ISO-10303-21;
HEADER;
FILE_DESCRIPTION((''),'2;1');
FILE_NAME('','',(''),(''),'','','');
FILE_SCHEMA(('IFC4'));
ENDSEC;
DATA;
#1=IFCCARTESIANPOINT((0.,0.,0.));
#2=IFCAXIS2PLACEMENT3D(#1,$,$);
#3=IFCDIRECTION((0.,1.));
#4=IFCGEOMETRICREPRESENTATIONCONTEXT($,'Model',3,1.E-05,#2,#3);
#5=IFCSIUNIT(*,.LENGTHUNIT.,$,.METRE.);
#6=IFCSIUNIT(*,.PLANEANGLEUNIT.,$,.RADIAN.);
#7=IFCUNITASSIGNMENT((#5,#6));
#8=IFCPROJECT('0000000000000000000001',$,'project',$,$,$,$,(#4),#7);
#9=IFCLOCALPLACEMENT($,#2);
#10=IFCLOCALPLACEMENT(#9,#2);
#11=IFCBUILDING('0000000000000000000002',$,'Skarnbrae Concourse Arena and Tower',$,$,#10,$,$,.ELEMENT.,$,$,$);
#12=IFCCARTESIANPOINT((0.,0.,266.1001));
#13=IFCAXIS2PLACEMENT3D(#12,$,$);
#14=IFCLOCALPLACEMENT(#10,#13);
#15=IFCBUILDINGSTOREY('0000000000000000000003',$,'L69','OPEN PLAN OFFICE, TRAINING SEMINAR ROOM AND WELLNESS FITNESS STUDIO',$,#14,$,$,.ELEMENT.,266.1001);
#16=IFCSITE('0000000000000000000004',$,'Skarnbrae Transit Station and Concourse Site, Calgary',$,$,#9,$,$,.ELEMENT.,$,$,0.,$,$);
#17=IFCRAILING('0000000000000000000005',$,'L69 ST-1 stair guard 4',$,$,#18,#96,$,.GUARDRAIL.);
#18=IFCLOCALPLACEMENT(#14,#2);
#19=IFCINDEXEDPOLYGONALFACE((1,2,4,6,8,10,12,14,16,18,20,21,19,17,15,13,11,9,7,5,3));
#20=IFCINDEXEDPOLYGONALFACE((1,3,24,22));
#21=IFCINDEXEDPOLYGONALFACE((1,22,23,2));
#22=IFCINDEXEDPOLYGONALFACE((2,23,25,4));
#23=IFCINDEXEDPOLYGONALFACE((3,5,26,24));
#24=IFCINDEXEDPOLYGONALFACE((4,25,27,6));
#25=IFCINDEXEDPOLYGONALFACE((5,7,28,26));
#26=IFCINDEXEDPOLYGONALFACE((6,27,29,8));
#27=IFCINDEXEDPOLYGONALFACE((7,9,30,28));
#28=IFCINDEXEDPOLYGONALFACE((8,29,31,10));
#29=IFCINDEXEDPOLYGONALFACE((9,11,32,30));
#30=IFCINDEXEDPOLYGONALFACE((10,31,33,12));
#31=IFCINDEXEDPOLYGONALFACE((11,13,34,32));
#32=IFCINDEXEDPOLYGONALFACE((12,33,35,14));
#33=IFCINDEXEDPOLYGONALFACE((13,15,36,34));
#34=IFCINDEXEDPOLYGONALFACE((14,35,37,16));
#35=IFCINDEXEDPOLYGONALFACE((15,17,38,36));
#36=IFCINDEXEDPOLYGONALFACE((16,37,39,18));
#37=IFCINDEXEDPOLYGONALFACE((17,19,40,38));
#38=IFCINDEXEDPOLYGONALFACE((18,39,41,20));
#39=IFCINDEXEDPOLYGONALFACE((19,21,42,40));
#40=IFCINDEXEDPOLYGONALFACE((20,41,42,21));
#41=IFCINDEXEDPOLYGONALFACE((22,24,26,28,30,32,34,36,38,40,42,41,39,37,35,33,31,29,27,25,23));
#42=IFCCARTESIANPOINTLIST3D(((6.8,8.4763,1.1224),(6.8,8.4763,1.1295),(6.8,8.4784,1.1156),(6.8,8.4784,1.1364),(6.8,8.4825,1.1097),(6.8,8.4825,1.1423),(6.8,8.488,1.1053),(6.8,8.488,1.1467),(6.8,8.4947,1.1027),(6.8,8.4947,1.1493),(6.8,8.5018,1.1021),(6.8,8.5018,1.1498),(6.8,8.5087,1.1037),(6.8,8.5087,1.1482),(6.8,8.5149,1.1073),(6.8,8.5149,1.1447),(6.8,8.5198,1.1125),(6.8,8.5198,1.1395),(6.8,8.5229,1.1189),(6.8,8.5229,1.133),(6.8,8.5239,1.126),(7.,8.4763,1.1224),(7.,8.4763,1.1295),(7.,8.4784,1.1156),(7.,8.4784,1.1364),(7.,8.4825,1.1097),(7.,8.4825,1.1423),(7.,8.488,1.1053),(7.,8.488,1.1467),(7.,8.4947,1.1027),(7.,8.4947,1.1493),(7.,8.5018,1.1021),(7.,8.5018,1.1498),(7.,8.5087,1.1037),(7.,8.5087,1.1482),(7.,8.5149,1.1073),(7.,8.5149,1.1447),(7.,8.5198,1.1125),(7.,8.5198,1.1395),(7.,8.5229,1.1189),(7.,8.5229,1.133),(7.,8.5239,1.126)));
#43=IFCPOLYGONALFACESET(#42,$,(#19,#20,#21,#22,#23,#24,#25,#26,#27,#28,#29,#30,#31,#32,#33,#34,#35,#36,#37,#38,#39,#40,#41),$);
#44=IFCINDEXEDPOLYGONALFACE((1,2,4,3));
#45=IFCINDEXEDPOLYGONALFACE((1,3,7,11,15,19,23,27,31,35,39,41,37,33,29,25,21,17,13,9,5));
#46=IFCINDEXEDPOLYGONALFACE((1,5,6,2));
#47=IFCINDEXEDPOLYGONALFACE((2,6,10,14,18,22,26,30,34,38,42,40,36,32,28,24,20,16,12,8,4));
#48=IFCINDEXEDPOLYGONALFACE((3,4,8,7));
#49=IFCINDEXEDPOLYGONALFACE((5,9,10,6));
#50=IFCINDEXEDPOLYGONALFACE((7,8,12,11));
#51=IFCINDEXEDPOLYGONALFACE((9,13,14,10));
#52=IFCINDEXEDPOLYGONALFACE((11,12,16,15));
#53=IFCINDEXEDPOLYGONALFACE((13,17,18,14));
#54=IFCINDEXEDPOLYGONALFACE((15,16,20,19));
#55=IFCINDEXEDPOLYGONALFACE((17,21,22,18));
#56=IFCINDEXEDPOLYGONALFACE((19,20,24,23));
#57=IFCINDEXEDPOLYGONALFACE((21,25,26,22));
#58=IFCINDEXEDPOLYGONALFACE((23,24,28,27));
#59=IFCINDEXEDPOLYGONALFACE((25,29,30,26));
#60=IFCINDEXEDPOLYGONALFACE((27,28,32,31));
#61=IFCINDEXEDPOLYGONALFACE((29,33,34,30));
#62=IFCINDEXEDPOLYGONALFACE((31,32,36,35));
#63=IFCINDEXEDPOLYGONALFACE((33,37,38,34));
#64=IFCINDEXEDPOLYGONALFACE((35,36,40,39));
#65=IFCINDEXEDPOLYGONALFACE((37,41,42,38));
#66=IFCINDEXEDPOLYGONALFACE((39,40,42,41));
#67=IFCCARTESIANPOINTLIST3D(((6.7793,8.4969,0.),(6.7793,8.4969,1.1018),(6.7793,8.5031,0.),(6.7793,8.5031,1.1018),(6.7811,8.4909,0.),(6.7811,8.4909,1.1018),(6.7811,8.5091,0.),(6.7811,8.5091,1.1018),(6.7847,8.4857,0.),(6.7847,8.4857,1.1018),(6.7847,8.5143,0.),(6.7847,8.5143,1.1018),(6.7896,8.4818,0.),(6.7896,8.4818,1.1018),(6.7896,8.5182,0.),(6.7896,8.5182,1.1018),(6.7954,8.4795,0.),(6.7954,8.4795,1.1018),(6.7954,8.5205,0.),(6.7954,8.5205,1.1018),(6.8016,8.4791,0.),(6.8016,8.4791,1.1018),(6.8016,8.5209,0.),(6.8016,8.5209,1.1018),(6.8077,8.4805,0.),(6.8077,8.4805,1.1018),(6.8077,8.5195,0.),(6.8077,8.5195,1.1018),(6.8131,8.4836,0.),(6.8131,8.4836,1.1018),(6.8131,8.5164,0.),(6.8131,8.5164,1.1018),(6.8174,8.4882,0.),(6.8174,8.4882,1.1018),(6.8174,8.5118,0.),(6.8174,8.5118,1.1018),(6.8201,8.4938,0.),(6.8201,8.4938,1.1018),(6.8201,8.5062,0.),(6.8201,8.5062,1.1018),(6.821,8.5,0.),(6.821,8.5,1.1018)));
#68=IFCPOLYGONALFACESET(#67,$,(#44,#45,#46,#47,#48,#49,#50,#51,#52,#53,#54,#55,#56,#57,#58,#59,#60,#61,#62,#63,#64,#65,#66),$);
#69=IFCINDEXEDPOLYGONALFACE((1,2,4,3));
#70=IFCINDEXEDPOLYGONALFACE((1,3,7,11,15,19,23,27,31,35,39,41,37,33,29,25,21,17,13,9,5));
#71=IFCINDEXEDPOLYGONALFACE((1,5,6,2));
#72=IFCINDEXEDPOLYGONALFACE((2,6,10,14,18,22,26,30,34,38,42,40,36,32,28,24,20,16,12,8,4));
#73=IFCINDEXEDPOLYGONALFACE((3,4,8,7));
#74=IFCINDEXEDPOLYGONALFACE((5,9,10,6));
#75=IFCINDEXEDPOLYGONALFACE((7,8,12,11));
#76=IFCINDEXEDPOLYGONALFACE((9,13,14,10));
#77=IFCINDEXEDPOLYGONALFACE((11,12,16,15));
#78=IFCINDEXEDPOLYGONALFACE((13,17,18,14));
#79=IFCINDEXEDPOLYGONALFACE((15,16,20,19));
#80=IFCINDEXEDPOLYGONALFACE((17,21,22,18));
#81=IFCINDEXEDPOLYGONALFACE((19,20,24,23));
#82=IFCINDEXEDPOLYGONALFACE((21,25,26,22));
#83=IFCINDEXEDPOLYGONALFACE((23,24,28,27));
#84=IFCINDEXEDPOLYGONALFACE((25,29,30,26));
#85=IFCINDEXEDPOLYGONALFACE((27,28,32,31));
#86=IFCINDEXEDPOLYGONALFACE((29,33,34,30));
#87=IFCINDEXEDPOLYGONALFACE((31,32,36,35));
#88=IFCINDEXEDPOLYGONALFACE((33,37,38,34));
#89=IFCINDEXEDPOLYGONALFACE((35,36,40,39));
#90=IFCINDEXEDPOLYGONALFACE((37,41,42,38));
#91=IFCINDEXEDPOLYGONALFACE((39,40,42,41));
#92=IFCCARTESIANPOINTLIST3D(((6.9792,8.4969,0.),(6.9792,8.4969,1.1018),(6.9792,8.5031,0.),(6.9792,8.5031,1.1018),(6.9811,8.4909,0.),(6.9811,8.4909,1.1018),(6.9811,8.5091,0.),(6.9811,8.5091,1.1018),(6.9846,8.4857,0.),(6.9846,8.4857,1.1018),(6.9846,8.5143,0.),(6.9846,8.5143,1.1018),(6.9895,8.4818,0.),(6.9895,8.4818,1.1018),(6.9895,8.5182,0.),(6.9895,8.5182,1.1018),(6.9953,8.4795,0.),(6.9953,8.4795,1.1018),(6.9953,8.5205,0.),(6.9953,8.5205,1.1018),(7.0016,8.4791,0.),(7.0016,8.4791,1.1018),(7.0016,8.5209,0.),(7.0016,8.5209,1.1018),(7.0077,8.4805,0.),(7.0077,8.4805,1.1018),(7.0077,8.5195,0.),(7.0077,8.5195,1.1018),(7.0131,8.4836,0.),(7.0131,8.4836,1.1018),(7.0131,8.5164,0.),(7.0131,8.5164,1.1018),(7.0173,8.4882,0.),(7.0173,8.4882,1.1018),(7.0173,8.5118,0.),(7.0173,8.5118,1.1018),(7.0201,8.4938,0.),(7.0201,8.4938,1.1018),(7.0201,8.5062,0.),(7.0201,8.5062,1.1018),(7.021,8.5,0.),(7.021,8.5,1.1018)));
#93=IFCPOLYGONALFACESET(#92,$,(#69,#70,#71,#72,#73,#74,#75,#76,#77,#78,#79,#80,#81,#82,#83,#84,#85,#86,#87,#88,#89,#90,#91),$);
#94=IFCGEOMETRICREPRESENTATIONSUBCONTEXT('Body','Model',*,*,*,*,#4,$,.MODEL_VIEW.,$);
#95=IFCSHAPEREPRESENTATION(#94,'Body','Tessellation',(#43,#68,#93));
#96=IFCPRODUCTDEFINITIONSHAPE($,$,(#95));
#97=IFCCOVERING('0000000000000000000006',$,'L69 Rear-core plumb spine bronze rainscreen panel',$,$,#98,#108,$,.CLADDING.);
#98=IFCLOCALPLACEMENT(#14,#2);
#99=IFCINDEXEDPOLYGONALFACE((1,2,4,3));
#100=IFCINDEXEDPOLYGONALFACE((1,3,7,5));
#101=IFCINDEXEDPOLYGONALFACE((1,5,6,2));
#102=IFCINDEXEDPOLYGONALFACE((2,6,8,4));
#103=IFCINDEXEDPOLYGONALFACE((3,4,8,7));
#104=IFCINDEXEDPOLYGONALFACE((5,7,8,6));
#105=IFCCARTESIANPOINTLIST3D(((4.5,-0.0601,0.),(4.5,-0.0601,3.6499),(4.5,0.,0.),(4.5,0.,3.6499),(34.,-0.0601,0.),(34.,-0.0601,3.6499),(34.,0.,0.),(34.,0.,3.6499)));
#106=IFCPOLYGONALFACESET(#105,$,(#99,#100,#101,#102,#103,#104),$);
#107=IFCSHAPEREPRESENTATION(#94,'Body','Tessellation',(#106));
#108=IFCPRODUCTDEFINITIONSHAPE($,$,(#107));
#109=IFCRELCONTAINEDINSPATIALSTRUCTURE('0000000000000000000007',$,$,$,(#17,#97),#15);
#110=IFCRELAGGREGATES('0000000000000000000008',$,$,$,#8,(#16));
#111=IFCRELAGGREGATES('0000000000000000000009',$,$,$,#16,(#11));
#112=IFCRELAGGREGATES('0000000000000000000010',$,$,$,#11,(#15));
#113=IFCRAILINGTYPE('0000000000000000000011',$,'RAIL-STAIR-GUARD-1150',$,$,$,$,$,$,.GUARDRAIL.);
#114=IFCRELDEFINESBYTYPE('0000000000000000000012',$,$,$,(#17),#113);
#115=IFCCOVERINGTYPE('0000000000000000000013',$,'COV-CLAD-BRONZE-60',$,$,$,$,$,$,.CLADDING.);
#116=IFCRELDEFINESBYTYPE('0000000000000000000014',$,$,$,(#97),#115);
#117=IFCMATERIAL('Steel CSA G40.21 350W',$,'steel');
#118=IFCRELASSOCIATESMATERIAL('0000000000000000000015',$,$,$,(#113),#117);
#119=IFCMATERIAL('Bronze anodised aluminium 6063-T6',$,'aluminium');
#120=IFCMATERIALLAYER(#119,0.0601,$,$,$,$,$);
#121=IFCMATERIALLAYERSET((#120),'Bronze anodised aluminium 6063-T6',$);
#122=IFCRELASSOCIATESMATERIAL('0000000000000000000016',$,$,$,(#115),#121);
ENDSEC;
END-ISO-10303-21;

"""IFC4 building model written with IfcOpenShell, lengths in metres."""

from ifc_helpers import new_model, si_unit, direction, frame, origin, origin_2d, place, context, subcontext, project, spatial, rectangle, circle, extrude, source, transform, mapped, material, layer, layer_set, type_object, element, save


model = new_model("IFC4")

# Units and contexts
model_context = context("Model", 3, precision=1e-05, world=origin(), true_north=direction((0.0, 1.0)))
body_context = subcontext(model_context, "Body", "Model", "MODEL_VIEW")
ifc_project = project(units=[si_unit("LENGTHUNIT", "METRE"), si_unit("PLANEANGLEUNIT", "RADIAN")], contexts=[model_context])

# Site, building, storey
site_placement = place(None, origin())
site = spatial("IfcSite", under=ifc_project, at=site_placement, Name="Skarnbrae Transit Station and Concourse Site, Calgary", CompositionType="ELEMENT", RefElevation=0.0)
building_placement = place(site_placement, origin())
building = spatial("IfcBuilding", under=site, at=building_placement, Name="Skarnbrae Concourse Arena and Tower", CompositionType="ELEMENT")
storey_placement = place(building_placement, frame((0.0, 0.0, 266.1001)))
storey = spatial("IfcBuildingStorey", under=building, at=storey_placement, Name="L69", Description="OPEN PLAN OFFICE, TRAINING SEMINAR ROOM AND WELLNESS FITNESS STUDIO", CompositionType="ELEMENT", Elevation=266.1001)

# Shared definitions
ifc_material_1 = material(Name="Steel CSA G40.21 350W", Category="steel")

# Railing
railing_type_1 = type_object("IfcRailingType", Name="RAIL-STAIR-GUARD-1150", PredefinedType="GUARDRAIL", material=ifc_material_1)
railing_1_placement = place(storey_placement, frame((6.8, 8.5, 0.0)))
element("IfcRailing", 1, at=railing_1_placement, inside=storey, type_object=railing_type_1, Name="L69 ST-1 stair guard 4", PredefinedType="GUARDRAIL", context=body_context, shape_type="SweptSolid", body=[
    extrude(circle(Radius=0.0239, at=origin_2d()), frame((0.0, 0.0, 1.126), z_axis=(1.0, 0.0, 0.0), x_axis=(0.0, 1.0, 0.0)), (0.0, 0.0, 1.0), 0.2),
    extrude(circle(Radius=0.021, at=origin_2d()), origin(), (0.0, 0.0, 1.0), 1.1018),
    extrude(circle(Radius=0.021, at=origin_2d()), frame((0.2, 0.0, 0.0)), (0.0, 0.0, 1.0), 1.1018),
])

# Covering
ifc_material_2 = material(Name="Bronze anodised aluminium 6063-T6", Category="aluminium")
ifc_layer_1 = layer(ifc_material_2, 0.0601)
ifc_layer_set_1 = layer_set([ifc_layer_1], Name="Bronze anodised aluminium 6063-T6")
covering_type = type_object("IfcCoveringType", Name="COV-CLAD-BRONZE-60", PredefinedType="CLADDING", material=ifc_layer_set_1)
shared_shape_1 = source(origin(), body_context, "Body", "SweptSolid", [
    extrude(rectangle(XDim=29.5, YDim=0.0601, at=origin_2d()), origin(), (0.0, 0.0, 1.0), 3.6499),
])
covering_placement = place(storey_placement, frame((19.25, -0.03, 0.0), z_axis=(0.0, 0.0, 1.0), x_axis=(1.0, 0.0, 0.0)))
element("IfcCovering", 2, at=covering_placement, inside=storey, type_object=covering_type, Name="L69 Rear-core plumb spine bronze rainscreen panel", PredefinedType="CLADDING", context=body_context, shape_type="MappedRepresentation", body=[
    mapped(shared_shape_1, transform((0.0, 0.0, 0.0))),
])

save(model, "model.ifc")
